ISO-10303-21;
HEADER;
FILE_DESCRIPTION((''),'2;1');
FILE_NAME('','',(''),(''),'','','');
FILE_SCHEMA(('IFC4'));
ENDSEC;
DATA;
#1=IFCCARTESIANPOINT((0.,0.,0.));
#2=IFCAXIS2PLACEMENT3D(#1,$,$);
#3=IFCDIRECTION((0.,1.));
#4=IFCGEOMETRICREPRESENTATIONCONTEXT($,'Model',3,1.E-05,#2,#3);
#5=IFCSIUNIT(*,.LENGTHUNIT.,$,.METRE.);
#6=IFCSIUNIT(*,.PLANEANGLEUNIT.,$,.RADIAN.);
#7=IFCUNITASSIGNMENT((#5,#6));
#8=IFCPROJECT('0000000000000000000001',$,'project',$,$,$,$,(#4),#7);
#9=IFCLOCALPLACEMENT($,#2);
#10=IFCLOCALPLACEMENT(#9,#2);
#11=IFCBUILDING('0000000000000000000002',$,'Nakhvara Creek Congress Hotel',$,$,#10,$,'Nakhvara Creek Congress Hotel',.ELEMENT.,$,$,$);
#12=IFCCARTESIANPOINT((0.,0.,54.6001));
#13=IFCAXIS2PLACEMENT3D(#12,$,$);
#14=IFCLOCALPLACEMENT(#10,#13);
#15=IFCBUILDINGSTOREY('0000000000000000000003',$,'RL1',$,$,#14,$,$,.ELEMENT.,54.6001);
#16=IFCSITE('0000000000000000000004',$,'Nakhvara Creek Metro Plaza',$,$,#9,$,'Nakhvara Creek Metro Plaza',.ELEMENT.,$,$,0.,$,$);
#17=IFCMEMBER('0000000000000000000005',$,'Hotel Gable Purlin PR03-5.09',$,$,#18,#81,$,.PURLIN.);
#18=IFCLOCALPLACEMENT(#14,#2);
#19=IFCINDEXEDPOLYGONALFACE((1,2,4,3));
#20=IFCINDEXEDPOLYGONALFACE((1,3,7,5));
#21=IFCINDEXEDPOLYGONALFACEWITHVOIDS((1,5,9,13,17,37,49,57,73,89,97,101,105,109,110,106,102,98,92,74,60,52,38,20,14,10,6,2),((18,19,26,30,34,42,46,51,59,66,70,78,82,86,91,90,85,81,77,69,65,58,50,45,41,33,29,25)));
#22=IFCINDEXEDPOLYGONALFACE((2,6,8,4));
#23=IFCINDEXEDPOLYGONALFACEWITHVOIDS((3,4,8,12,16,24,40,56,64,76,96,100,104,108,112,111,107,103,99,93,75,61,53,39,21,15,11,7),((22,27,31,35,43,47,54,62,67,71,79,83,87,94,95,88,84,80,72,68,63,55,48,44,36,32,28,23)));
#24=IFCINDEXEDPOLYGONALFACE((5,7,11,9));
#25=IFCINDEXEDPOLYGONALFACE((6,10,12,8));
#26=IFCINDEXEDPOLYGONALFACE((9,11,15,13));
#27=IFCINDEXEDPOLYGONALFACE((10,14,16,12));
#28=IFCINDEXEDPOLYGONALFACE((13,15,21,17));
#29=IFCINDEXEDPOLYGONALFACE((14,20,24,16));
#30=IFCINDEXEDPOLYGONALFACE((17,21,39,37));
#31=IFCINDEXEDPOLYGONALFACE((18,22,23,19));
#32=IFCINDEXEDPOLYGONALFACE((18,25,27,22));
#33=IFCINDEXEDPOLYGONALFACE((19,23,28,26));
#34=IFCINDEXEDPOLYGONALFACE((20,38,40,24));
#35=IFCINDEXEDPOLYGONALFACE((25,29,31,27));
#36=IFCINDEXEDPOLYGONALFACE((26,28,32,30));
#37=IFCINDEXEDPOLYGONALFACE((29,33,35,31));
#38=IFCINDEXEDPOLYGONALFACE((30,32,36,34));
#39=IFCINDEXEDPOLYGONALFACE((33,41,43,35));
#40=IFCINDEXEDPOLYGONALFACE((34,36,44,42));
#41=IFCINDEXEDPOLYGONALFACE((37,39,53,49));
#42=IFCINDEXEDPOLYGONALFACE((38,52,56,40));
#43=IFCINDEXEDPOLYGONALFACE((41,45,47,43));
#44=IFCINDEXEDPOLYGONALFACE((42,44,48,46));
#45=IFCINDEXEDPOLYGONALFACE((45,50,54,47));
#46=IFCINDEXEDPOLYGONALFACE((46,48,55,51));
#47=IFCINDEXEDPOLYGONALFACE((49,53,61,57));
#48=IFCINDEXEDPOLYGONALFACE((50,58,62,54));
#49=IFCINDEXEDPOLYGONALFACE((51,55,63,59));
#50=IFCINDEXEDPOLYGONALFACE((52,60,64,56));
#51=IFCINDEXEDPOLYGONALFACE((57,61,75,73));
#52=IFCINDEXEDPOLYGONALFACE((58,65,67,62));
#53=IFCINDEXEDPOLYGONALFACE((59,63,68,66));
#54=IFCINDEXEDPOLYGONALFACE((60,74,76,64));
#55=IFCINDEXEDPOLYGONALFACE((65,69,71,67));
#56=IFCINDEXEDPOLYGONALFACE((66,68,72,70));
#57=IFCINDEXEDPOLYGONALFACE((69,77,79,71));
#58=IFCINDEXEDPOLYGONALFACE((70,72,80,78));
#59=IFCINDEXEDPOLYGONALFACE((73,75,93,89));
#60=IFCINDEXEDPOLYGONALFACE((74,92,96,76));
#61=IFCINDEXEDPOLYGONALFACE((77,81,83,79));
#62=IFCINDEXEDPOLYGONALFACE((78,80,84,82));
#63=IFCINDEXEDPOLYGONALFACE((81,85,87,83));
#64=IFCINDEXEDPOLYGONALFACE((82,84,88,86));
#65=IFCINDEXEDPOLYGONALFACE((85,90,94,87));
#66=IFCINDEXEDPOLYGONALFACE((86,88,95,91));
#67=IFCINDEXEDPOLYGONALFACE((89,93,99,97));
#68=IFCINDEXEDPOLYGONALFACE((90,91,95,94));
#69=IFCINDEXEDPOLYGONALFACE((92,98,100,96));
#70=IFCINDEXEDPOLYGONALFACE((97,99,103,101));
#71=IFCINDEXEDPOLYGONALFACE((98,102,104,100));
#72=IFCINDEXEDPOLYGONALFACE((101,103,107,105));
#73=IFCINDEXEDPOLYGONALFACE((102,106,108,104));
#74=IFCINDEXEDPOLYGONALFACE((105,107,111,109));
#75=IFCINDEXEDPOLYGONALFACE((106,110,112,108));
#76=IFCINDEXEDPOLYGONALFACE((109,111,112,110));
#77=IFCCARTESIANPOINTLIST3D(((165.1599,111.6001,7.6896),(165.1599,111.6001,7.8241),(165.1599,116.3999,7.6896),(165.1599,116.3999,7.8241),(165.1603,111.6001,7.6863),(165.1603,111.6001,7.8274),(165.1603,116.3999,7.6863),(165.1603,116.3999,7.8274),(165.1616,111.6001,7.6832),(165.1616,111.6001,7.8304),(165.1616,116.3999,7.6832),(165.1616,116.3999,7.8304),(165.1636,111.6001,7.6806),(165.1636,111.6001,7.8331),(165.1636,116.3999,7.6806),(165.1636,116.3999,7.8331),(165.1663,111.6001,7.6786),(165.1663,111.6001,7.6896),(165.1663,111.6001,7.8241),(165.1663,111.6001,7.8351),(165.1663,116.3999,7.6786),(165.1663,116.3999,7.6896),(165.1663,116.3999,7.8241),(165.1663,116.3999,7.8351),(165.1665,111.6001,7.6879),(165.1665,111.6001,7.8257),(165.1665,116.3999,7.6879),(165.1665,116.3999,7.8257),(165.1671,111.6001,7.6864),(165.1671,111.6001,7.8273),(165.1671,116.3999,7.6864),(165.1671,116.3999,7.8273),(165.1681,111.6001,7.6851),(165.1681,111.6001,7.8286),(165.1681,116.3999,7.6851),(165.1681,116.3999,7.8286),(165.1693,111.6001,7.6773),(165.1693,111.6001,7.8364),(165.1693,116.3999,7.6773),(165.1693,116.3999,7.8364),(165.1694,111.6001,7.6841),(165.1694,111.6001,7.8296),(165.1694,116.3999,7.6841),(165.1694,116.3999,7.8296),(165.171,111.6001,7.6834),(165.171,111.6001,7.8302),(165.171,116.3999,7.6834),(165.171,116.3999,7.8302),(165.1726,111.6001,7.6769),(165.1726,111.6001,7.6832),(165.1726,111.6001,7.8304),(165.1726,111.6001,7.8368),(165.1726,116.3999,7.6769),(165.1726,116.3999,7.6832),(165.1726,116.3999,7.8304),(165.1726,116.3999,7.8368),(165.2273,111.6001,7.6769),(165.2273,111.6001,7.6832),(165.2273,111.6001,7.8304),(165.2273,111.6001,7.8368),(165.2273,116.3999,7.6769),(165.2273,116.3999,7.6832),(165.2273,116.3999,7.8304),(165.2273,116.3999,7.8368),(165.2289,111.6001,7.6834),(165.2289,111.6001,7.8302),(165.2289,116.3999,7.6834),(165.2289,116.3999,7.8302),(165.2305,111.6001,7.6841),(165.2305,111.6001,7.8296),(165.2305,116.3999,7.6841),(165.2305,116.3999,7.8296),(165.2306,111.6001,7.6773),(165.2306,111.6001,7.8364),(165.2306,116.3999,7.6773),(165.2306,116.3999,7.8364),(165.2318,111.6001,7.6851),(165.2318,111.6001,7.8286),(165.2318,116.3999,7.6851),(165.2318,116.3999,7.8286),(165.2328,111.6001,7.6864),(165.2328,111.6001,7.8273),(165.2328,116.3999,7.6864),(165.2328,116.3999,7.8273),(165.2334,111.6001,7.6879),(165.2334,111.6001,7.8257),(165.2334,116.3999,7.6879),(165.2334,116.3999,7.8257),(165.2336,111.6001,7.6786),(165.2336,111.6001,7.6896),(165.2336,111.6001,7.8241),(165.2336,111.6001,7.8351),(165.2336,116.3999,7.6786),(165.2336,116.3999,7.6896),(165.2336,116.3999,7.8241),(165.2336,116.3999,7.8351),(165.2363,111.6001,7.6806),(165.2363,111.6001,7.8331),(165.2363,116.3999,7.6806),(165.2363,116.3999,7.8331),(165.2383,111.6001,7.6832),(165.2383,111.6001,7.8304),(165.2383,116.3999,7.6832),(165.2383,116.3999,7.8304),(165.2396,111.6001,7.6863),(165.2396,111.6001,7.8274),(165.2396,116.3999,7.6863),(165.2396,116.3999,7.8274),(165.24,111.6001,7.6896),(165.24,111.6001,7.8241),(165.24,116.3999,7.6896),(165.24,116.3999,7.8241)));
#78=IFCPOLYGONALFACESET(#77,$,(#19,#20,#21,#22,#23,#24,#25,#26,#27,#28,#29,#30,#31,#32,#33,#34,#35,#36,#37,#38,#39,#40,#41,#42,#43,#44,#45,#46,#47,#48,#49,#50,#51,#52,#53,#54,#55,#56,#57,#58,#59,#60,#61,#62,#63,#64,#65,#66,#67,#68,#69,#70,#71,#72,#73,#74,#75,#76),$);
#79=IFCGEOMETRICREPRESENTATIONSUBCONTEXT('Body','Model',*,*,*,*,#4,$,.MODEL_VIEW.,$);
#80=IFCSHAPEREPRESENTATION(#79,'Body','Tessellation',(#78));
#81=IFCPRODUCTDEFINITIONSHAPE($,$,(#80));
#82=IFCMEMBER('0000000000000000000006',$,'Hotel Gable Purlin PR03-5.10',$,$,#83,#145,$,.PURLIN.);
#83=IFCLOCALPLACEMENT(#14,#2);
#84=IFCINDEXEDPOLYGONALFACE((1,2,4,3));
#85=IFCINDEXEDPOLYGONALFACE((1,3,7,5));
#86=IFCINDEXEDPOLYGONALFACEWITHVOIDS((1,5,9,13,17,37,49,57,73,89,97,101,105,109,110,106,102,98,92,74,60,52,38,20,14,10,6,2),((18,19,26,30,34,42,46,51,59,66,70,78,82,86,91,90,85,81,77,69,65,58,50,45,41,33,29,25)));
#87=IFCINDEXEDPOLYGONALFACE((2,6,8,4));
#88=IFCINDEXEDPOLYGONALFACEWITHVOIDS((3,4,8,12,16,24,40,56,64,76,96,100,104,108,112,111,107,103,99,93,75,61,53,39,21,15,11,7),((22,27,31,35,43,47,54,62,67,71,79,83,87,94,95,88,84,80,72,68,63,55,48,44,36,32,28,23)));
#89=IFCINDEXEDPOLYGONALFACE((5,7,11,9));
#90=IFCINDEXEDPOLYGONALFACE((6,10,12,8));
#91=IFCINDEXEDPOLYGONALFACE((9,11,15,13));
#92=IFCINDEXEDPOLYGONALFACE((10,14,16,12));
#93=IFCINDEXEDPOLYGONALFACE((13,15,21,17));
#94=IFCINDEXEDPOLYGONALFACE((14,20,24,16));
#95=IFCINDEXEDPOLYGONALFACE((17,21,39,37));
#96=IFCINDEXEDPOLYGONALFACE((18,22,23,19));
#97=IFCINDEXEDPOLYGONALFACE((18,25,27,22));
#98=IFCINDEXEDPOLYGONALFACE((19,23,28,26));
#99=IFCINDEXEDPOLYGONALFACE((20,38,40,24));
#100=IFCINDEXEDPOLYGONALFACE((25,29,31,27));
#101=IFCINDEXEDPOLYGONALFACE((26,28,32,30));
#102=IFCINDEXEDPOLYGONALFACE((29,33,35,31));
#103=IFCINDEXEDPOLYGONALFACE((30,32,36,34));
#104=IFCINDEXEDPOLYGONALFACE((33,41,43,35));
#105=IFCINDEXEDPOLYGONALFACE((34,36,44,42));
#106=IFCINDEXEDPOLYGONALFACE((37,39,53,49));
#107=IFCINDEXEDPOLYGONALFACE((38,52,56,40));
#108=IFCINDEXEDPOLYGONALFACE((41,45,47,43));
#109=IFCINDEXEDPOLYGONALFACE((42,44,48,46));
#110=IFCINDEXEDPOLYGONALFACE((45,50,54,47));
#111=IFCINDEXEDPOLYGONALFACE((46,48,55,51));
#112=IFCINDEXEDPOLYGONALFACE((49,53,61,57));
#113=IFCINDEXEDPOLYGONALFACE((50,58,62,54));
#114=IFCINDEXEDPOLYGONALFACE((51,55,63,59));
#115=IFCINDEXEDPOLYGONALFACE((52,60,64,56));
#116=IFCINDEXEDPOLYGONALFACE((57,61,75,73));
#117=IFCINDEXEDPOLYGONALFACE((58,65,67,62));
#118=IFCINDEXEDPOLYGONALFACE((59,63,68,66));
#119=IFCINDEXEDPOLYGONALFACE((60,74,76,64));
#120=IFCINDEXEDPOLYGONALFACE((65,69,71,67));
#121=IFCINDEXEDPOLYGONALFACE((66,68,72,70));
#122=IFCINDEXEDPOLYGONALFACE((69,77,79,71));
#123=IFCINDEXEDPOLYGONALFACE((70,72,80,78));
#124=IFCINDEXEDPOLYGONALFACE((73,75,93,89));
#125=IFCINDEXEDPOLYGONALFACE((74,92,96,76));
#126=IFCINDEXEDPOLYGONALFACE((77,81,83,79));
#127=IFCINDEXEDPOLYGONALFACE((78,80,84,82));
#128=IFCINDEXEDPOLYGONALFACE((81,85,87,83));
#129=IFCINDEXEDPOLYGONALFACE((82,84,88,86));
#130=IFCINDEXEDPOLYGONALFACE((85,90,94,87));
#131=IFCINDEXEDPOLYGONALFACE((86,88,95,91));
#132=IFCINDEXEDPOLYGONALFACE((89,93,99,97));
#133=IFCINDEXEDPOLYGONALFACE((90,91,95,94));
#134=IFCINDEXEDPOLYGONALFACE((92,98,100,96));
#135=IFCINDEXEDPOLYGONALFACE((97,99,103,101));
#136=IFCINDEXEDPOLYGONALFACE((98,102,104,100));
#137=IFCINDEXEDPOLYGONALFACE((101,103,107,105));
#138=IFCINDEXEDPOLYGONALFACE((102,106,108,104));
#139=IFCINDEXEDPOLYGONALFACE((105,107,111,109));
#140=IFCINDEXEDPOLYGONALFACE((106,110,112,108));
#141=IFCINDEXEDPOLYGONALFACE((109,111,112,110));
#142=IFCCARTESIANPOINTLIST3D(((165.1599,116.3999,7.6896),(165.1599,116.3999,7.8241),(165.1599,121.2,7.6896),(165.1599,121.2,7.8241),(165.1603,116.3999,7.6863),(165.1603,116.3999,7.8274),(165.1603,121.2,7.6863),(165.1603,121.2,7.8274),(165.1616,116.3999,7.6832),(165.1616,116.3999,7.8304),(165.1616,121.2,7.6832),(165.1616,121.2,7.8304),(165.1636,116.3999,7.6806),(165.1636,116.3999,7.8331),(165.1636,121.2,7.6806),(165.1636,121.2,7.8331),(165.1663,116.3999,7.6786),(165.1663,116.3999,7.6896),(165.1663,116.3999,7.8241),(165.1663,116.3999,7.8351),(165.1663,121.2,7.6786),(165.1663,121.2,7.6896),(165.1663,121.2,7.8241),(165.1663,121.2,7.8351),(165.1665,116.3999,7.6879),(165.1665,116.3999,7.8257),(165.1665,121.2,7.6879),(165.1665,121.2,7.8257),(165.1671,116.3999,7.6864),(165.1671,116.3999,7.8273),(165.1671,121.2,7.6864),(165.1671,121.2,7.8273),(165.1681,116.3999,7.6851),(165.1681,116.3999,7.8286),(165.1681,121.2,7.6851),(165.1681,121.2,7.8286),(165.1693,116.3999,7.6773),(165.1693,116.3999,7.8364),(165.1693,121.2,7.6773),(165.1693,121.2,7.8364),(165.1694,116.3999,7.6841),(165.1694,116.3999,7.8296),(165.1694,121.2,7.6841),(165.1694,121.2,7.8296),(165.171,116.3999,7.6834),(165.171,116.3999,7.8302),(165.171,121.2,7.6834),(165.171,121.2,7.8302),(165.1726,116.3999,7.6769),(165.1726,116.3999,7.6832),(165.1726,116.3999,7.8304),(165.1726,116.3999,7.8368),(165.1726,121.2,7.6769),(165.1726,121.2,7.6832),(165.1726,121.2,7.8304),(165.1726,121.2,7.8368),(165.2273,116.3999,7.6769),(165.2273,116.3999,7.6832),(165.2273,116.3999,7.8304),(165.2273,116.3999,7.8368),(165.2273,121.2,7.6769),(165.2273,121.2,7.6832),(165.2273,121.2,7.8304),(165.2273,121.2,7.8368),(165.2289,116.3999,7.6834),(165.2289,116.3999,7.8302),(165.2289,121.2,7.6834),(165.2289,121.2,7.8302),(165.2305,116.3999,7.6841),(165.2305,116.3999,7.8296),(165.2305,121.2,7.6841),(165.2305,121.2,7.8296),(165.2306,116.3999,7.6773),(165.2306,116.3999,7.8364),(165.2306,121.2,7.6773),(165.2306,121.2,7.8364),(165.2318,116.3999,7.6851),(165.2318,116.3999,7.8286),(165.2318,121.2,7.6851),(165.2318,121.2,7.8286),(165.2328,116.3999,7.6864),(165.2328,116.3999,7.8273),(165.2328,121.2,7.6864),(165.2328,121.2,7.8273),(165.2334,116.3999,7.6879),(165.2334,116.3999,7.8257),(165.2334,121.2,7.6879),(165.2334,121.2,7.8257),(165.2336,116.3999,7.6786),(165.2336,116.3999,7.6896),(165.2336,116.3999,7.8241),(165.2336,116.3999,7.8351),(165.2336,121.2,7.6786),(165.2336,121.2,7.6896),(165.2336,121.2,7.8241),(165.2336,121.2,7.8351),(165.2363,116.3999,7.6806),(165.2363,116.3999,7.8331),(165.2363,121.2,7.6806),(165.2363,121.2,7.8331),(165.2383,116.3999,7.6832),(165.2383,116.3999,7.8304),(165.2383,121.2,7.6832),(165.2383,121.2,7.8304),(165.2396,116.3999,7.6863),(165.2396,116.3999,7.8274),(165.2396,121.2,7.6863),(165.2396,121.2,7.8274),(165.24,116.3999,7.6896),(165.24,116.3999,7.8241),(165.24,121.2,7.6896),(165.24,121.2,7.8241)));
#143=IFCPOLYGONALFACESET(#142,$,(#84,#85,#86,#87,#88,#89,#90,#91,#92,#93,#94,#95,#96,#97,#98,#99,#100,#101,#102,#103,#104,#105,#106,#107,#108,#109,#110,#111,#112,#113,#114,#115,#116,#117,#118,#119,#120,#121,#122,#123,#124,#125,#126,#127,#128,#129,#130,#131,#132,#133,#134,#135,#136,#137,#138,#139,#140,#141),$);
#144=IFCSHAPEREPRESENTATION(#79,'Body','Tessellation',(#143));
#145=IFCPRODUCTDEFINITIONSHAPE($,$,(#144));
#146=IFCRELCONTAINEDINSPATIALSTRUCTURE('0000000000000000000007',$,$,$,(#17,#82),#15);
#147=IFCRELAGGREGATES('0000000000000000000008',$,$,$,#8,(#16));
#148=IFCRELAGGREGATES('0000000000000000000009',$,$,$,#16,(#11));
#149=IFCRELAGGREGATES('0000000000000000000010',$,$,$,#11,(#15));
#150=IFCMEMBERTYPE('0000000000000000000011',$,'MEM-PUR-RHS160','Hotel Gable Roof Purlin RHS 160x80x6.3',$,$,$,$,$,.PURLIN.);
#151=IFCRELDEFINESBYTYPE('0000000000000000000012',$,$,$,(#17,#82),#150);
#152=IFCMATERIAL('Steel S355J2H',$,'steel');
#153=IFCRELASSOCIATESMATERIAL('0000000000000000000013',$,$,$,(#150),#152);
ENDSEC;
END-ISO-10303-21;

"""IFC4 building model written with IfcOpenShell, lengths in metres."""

from ifc_helpers import new_model, si_unit, direction, frame, origin, origin_2d, place, context, subcontext, project, spatial, hollow_rectangle, extrude, material, material_profile, profile_set, type_object, element, save


model = new_model("IFC4")

# Units and contexts
model_context = context("Model", 3, precision=1e-05, world=origin(), true_north=direction((0.0, 1.0)))
body_context = subcontext(model_context, "Body", "Model", "MODEL_VIEW")
ifc_project = project(units=[si_unit("LENGTHUNIT", "METRE"), si_unit("PLANEANGLEUNIT", "RADIAN")], contexts=[model_context])

# Site, building, storey
site_placement = place(None, origin())
site = spatial("IfcSite", under=ifc_project, at=site_placement, Name="Nakhvara Creek Metro Plaza", LongName="Nakhvara Creek Metro Plaza", CompositionType="ELEMENT", RefElevation=0.0)
building_placement = place(site_placement, origin())
building = spatial("IfcBuilding", under=site, at=building_placement, Name="Nakhvara Creek Congress Hotel", LongName="Nakhvara Creek Congress Hotel", CompositionType="ELEMENT")
storey_placement = place(building_placement, frame((0.0, 0.0, 54.6001)))
storey = spatial("IfcBuildingStorey", under=building, at=storey_placement, Name="RL1", CompositionType="ELEMENT", Elevation=54.6001)

# Members
ifc_material_1 = material(Name="Steel S355J2H", Category="steel")
ifc_material_profile_1 = material_profile(ifc_material_1, hollow_rectangle(XDim=0.0801, YDim=0.1599, WallThickness=0.0063, InnerFilletRadius=0.0063, OuterFilletRadius=0.0127, at=origin_2d()), Name="RHS 160x80x6.3", Category="LoadBearing")
ifc_profile_set_1 = profile_set([ifc_material_profile_1], Name="Steel S355J2H")
member_type_1 = type_object("IfcMemberType", Name="MEM-PUR-RHS160", Description="Hotel Gable Roof Purlin RHS 160x80x6.3", PredefinedType="PURLIN", material=ifc_profile_set_1)
member_1_placement = place(storey_placement, frame((165.2, 111.6001, 7.7568), z_axis=(0.0, 1.0, 0.0), x_axis=(-1.0, 0.0, 0.0)))
element("IfcMember", 1, at=member_1_placement, inside=storey, type_object=member_type_1, Name="Hotel Gable Purlin PR03-5.09", PredefinedType="PURLIN", context=body_context, shape_type="SweptSolid", body=[
    extrude(hollow_rectangle(XDim=0.0801, YDim=0.1599, WallThickness=0.0063, InnerFilletRadius=0.0063, OuterFilletRadius=0.0127, at=origin_2d()), origin(), (0.0, 0.0, 1.0), 4.7998),
])
member_2_placement = place(storey_placement, frame((165.2, 116.3999, 7.7568), z_axis=(0.0, 1.0, 0.0), x_axis=(-1.0, 0.0, 0.0)))
element("IfcMember", 2, at=member_2_placement, inside=storey, type_object=member_type_1, Name="Hotel Gable Purlin PR03-5.10", PredefinedType="PURLIN", context=body_context, shape_type="SweptSolid", body=[
    extrude(hollow_rectangle(XDim=0.0801, YDim=0.1599, WallThickness=0.0063, InnerFilletRadius=0.0063, OuterFilletRadius=0.0127, at=origin_2d()), origin(), (0.0, 0.0, 1.0), 4.8),
])

save(model, "model.ifc")
